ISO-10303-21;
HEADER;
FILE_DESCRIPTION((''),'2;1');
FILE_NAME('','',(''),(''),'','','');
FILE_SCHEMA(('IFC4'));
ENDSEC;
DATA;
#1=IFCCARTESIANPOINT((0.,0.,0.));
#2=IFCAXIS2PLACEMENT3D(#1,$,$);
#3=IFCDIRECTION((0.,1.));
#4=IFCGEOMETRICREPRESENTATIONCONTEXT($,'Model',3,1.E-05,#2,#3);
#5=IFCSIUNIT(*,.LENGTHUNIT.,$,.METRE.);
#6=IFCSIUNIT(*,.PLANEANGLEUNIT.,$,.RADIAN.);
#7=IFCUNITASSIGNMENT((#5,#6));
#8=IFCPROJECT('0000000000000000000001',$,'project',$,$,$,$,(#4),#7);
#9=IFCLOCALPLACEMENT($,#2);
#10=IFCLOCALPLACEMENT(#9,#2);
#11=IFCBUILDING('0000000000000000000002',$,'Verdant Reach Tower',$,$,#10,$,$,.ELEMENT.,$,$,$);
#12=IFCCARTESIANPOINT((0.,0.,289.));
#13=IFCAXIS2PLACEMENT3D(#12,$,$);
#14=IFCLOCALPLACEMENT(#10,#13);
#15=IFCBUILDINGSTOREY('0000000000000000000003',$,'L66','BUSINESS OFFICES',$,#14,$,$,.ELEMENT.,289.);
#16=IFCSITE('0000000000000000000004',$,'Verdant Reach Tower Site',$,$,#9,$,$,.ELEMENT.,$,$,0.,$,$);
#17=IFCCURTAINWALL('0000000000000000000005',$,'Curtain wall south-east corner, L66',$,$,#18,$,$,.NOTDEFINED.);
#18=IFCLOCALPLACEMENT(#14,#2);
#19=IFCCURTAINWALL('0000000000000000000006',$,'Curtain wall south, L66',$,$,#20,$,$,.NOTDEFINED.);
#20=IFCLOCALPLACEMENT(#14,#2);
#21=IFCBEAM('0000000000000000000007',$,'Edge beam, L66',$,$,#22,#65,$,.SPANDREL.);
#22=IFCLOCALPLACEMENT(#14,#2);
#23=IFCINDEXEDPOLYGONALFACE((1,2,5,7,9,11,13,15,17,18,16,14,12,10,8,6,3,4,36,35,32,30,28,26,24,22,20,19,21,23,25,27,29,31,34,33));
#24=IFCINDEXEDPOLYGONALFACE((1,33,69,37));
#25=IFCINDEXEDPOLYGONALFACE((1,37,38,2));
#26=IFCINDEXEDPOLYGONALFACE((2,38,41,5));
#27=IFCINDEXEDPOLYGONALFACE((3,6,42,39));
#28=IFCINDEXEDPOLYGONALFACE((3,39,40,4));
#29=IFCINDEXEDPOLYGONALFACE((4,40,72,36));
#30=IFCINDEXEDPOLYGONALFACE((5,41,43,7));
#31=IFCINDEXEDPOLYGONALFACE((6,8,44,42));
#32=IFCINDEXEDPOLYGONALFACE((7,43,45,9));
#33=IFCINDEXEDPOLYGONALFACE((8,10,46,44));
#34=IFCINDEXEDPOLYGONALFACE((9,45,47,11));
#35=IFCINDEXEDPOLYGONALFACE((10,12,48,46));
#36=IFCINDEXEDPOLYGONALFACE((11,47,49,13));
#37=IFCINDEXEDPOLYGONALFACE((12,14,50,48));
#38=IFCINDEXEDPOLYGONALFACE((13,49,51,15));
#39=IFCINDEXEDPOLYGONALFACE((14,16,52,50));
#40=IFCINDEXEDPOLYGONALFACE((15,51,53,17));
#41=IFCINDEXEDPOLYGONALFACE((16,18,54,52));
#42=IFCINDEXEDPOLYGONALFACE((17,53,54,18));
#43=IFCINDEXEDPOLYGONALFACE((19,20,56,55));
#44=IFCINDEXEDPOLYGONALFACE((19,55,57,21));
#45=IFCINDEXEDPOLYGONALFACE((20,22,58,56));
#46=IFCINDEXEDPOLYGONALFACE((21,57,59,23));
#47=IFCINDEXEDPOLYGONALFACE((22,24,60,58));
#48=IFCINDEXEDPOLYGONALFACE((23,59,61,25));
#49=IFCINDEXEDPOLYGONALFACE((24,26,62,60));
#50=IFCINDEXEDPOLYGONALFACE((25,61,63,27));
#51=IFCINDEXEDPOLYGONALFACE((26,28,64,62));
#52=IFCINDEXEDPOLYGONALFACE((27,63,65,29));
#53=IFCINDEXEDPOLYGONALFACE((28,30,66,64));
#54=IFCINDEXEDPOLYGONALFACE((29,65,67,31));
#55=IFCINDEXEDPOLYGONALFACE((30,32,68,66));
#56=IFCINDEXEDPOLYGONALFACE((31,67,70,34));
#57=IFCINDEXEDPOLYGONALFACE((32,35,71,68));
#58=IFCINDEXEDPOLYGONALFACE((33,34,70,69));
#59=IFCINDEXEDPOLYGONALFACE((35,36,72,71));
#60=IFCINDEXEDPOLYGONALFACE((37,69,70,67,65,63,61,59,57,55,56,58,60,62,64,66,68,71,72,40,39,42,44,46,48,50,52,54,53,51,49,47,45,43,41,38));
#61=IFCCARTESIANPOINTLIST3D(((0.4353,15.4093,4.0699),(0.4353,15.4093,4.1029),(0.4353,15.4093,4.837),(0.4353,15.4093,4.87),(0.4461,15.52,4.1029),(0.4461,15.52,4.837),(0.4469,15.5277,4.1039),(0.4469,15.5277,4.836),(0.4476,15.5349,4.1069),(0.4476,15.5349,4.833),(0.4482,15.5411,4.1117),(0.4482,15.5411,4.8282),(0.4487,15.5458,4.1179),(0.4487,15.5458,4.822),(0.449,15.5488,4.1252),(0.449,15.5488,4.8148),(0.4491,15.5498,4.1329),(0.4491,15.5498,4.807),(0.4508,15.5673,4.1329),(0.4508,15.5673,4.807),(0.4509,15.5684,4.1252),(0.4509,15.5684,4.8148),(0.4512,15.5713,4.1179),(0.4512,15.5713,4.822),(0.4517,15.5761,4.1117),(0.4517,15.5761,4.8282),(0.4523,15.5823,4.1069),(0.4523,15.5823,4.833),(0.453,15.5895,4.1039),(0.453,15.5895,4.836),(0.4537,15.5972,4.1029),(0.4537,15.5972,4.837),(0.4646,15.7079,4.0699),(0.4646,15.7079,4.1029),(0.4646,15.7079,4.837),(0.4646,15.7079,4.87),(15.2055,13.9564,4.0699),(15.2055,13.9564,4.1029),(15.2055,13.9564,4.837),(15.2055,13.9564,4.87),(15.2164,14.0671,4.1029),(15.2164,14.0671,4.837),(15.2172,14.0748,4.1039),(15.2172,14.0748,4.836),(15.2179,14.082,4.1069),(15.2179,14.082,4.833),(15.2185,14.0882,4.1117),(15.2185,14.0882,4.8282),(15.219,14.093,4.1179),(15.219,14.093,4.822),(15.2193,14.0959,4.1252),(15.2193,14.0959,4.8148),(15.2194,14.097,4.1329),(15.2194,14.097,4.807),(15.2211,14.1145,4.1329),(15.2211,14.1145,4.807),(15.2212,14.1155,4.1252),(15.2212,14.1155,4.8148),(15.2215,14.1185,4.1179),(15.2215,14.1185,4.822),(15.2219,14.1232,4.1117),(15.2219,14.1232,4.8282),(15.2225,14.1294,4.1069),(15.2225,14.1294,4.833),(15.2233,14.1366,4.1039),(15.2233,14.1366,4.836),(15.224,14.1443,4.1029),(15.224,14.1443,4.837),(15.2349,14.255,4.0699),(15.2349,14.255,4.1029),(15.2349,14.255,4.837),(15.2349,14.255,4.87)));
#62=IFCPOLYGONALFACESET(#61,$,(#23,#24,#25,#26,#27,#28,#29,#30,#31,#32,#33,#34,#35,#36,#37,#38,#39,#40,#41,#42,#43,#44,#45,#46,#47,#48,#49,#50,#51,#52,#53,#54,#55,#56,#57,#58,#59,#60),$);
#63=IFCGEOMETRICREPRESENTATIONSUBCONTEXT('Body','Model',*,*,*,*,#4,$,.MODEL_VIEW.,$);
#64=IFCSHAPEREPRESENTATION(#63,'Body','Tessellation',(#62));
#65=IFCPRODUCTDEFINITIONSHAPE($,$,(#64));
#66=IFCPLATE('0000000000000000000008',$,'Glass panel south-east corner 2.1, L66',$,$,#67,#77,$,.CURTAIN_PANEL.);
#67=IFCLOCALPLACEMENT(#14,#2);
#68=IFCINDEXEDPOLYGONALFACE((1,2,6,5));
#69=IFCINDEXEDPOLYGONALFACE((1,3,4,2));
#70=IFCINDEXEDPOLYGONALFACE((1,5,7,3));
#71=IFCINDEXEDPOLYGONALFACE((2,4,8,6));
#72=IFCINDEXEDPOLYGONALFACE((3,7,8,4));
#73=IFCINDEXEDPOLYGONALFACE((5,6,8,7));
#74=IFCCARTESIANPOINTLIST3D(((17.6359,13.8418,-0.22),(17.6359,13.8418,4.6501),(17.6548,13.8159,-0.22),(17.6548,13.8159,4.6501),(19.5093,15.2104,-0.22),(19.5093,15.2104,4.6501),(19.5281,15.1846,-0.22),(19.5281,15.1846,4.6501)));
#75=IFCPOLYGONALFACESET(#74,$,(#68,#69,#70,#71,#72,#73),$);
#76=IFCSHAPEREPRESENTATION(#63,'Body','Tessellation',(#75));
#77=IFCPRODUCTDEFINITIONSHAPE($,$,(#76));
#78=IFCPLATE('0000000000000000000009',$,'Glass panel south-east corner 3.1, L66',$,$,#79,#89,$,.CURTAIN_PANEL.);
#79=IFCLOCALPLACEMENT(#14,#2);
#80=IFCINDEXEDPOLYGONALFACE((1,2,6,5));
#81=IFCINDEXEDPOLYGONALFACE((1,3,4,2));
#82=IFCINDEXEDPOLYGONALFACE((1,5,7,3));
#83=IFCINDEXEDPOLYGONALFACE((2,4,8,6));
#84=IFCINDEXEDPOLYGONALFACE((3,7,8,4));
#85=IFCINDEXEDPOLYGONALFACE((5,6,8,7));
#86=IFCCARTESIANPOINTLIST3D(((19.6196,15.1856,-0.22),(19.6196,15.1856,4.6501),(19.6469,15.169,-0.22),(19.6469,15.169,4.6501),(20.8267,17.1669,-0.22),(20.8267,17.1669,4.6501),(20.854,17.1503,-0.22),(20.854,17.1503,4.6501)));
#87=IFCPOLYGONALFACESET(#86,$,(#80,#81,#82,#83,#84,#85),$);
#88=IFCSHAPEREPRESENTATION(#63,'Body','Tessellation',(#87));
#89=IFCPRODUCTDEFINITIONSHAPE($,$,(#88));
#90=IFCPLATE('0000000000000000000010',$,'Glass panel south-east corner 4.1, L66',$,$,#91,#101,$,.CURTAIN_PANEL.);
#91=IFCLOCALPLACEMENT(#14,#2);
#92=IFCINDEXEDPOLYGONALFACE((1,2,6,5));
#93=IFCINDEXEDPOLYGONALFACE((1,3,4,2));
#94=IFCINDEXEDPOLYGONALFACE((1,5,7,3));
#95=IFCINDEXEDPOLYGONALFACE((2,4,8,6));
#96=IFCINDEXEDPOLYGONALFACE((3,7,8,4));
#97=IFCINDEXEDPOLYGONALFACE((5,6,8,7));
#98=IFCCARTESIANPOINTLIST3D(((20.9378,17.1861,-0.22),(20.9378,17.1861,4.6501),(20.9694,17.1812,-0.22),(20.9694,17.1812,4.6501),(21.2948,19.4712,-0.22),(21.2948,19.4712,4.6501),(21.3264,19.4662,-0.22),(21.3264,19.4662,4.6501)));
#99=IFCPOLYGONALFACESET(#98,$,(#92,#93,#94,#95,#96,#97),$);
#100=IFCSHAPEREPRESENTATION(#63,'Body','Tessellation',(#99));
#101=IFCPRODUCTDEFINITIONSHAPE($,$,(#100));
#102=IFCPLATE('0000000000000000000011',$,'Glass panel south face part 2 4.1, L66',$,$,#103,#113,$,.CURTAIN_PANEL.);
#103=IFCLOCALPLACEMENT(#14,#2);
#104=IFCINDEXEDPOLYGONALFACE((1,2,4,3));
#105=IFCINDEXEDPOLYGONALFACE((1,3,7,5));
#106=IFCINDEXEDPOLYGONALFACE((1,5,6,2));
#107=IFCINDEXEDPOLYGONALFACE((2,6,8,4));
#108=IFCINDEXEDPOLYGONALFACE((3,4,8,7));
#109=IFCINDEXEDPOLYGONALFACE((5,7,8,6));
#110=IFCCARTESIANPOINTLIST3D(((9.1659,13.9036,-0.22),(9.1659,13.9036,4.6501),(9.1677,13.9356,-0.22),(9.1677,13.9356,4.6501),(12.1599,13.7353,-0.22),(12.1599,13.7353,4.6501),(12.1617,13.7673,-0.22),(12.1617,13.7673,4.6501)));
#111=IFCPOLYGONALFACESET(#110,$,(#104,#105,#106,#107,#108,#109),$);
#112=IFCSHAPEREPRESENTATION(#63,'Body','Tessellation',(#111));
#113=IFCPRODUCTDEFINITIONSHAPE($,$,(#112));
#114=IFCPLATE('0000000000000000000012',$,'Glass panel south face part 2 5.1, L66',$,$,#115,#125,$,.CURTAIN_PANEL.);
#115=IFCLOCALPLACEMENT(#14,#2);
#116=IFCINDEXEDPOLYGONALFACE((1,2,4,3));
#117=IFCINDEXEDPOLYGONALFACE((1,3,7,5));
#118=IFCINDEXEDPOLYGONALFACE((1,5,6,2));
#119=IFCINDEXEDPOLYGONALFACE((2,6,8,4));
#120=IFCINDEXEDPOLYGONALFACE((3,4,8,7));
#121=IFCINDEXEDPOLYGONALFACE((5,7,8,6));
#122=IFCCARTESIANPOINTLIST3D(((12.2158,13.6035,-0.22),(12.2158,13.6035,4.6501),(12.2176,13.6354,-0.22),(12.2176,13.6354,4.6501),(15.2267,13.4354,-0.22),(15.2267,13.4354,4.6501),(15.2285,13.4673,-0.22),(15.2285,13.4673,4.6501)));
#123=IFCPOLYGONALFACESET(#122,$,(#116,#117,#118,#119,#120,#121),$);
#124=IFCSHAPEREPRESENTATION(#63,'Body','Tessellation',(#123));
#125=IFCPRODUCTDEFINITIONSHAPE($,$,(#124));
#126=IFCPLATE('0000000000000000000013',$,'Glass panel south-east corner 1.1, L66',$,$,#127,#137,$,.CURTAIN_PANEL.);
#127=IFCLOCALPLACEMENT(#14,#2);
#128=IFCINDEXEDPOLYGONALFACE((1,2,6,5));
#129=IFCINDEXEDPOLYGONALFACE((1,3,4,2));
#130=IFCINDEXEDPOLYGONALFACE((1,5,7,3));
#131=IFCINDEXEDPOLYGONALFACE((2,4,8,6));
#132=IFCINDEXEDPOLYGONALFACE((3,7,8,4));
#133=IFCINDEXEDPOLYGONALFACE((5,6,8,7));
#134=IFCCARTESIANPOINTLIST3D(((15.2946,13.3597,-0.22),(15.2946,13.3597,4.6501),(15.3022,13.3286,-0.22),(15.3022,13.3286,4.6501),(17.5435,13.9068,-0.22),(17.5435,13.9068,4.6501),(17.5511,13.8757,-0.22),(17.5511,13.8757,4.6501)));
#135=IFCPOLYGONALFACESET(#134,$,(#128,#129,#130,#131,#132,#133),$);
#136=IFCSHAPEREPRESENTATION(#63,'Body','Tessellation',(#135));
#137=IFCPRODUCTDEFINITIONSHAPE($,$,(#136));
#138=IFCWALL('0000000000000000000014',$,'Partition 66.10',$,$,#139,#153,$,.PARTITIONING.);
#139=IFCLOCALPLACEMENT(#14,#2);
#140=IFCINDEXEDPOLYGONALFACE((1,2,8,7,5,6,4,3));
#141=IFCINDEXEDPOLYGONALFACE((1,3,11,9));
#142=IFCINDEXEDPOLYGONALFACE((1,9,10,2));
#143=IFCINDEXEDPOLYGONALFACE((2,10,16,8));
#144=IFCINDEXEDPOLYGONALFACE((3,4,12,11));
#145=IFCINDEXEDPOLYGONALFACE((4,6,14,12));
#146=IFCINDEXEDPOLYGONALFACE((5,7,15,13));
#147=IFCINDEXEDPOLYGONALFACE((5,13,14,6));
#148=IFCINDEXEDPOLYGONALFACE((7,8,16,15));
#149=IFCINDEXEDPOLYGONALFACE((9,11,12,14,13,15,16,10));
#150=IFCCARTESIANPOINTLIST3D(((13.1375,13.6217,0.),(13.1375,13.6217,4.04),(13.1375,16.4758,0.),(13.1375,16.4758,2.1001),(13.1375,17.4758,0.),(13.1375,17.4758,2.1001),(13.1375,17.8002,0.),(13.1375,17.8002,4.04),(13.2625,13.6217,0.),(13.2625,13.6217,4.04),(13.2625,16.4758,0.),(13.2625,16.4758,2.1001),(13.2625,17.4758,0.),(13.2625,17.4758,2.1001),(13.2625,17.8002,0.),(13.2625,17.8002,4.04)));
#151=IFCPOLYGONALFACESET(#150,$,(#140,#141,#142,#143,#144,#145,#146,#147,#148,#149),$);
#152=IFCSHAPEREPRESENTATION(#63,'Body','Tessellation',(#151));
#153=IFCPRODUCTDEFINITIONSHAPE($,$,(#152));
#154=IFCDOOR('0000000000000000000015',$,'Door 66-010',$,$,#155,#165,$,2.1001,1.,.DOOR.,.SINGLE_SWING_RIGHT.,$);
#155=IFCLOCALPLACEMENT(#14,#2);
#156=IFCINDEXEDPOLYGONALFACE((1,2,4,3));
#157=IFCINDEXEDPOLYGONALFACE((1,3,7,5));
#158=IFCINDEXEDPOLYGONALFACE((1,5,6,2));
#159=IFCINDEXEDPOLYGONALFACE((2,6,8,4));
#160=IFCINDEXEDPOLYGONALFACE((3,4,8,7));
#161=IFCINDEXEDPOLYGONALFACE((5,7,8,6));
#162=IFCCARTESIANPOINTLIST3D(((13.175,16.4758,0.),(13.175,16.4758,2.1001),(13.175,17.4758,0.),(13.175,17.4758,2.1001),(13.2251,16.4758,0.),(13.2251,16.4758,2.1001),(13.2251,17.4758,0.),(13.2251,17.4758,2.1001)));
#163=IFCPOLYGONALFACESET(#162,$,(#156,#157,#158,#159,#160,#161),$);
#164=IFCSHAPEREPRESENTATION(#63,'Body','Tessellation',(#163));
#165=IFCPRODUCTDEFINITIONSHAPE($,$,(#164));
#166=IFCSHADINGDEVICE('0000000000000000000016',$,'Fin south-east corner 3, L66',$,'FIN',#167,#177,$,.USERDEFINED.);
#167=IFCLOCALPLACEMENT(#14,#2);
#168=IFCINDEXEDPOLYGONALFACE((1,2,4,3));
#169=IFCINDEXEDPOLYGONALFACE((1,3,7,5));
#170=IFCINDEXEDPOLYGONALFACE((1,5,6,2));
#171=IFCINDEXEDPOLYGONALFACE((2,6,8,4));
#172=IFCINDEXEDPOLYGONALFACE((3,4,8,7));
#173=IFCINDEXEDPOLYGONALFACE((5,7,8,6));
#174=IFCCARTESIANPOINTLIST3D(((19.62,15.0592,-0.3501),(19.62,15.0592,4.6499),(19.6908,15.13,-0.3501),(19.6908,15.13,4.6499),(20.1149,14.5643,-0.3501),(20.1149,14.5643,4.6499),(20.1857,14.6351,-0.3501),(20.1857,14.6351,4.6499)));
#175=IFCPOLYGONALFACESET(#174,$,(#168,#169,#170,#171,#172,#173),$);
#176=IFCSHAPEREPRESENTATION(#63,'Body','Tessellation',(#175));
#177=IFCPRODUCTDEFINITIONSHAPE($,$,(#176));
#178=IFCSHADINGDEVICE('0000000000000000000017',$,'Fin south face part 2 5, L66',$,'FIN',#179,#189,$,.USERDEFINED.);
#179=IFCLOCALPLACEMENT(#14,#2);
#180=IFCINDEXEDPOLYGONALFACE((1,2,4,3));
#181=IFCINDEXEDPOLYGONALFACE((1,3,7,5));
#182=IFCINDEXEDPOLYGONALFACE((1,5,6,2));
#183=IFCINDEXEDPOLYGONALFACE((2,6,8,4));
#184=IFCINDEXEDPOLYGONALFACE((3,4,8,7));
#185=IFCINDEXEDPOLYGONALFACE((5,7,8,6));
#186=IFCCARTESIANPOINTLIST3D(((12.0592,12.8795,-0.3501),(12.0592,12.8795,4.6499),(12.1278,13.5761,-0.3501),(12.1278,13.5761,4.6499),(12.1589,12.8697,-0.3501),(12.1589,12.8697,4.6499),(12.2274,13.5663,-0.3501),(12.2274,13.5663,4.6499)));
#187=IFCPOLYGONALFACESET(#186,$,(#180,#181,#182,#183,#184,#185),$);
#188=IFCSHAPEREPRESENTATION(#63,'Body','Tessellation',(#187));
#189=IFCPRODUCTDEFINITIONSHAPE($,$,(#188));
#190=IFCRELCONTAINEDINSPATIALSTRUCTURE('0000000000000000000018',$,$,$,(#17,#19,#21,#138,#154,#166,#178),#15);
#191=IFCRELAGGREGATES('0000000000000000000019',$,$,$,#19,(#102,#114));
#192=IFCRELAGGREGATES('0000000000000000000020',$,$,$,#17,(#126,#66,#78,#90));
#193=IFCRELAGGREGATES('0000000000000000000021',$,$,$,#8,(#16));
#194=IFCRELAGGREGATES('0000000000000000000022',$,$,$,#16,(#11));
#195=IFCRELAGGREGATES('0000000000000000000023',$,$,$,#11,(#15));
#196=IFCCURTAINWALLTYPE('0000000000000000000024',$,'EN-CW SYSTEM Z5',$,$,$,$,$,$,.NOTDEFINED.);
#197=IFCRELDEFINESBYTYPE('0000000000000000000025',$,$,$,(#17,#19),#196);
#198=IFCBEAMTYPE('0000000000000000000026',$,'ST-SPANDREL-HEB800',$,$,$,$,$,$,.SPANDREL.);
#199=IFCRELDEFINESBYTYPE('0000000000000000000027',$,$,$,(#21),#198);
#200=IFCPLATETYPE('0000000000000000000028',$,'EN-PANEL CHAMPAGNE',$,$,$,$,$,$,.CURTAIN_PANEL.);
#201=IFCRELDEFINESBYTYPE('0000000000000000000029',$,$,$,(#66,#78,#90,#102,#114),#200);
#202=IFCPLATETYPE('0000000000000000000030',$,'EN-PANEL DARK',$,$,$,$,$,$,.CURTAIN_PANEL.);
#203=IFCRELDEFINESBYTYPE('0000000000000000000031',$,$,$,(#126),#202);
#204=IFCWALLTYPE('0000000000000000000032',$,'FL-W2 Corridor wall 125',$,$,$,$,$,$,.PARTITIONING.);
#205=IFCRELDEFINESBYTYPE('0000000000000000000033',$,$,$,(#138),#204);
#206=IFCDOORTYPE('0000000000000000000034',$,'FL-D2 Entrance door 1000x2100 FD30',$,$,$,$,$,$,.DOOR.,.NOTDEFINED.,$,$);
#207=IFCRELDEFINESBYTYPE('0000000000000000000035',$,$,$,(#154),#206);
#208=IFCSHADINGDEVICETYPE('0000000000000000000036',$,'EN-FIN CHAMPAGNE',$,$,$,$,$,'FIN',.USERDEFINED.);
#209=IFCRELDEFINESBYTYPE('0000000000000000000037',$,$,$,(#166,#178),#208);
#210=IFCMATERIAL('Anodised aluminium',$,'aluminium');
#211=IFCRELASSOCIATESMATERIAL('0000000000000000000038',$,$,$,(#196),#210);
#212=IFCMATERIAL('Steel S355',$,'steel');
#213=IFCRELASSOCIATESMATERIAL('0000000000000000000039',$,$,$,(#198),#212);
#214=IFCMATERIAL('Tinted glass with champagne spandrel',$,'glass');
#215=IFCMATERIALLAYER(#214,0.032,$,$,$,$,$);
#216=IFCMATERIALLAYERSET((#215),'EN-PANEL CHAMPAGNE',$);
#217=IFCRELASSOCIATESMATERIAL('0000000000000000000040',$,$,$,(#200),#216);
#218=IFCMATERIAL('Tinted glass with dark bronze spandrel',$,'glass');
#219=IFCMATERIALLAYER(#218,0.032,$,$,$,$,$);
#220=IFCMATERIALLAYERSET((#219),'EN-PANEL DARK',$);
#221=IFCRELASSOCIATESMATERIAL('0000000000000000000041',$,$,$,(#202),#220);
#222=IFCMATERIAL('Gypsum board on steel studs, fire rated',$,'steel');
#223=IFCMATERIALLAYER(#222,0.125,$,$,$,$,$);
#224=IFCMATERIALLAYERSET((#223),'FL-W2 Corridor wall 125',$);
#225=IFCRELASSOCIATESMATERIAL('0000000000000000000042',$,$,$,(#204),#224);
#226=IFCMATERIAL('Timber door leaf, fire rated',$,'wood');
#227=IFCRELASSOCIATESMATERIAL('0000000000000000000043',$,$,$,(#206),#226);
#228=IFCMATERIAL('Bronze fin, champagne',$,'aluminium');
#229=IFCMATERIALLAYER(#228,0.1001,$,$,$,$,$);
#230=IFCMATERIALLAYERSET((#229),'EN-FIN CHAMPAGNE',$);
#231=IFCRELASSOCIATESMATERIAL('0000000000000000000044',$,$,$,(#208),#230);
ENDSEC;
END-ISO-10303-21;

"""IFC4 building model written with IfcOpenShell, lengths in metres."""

from ifc_helpers import new_model, si_unit, direction, frame, frame_2d, origin, origin_2d, place, context, subcontext, project, spatial, rectangle, i_section, extrude, material, layer, layer_set, material_profile, profile_set, type_object, element, fill, aggregate, save


model = new_model("IFC4")

# Units and contexts
model_context = context("Model", 3, precision=1e-05, world=origin(), true_north=direction((0.0, 1.0)))
body_context = subcontext(model_context, "Body", "Model", "MODEL_VIEW")
ifc_project = project(units=[si_unit("LENGTHUNIT", "METRE"), si_unit("PLANEANGLEUNIT", "RADIAN")], contexts=[model_context])

# Site, building, storey
site_placement = place(None, origin())
site = spatial("IfcSite", under=ifc_project, at=site_placement, Name="Verdant Reach Tower Site", CompositionType="ELEMENT", RefElevation=0.0)
building_placement = place(site_placement, origin())
building = spatial("IfcBuilding", under=site, at=building_placement, Name="Verdant Reach Tower", CompositionType="ELEMENT")
storey_placement = place(building_placement, frame((0.0, 0.0, 289.0)))
storey = spatial("IfcBuildingStorey", under=building, at=storey_placement, Name="L66", Description="BUSINESS OFFICES", CompositionType="ELEMENT", Elevation=289.0)

# Curtain wall
ifc_material_1 = material(Name="Anodised aluminium", Category="aluminium")
curtain_wall_type = type_object("IfcCurtainWallType", Name="EN-CW SYSTEM Z5", PredefinedType="NOTDEFINED", material=ifc_material_1)
curtain_wall_1_placement = place(storey_placement, origin())
curtain_wall_1 = element("IfcCurtainWall", 1, at=curtain_wall_1_placement, inside=storey, type_object=curtain_wall_type, Name="Curtain wall south-east corner, L66", PredefinedType="NOTDEFINED")

# Curtain wall
curtain_wall_2_placement = place(storey_placement, origin())
curtain_wall_2 = element("IfcCurtainWall", 2, at=curtain_wall_2_placement, inside=storey, type_object=curtain_wall_type, Name="Curtain wall south, L66", PredefinedType="NOTDEFINED")

# Beam
ifc_material_2 = material(Name="Steel S355", Category="steel")
ifc_material_profile_1 = material_profile(ifc_material_2, i_section(OverallWidth=0.3, OverallDepth=0.8, WebThickness=0.0176, FlangeThickness=0.033, FilletRadius=0.03, at=origin_2d()), Name="HEB 800")
ifc_profile_set_1 = profile_set([ifc_material_profile_1], Name="Steel S355")
beam_type_1 = type_object("IfcBeamType", Name="ST-SPANDREL-HEB800", PredefinedType="SPANDREL", material=ifc_profile_set_1)
beam_1_placement = place(storey_placement, frame((15.2202, 14.1057, 4.47), z_axis=(-0.995197, 0.097893, 0.0), x_axis=(-0.097893, -0.995197, 0.0)))
element("IfcBeam", 3, at=beam_1_placement, inside=storey, type_object=beam_type_1, Name="Edge beam, L66", PredefinedType="SPANDREL", context=body_context, shape_type="SweptSolid", body=[
    extrude(i_section(OverallWidth=0.3, OverallDepth=0.8, WebThickness=0.0176, FlangeThickness=0.033, FilletRadius=0.03, at=origin_2d()), origin(), (0.0, 0.0, 1.0), 14.8416),
])

# Plates
ifc_material_3 = material(Name="Tinted glass with champagne spandrel", Category="glass")
ifc_layer_1 = layer(ifc_material_3, 0.032)
ifc_layer_set_1 = layer_set([ifc_layer_1], Name="EN-PANEL CHAMPAGNE")
plate_type_1 = type_object("IfcPlateType", Name="EN-PANEL CHAMPAGNE", PredefinedType="CURTAIN_PANEL", material=ifc_layer_set_1)
plate_1_placement = place(storey_placement, frame((18.582, 14.5132, -0.22), z_axis=(0.0, 0.0, 1.0), x_axis=(0.807457, 0.589927, 0.0)))
plate_1 = element("IfcPlate", 4, at=plate_1_placement, type_object=plate_type_1, Name="Glass panel south-east corner 2.1, L66", PredefinedType="CURTAIN_PANEL", context=body_context, shape_type="SweptSolid", body=[
    extrude(rectangle(XDim=2.3201, YDim=0.032, at=origin_2d()), origin(), (0.0, 0.0, 1.0), 4.8701),
])
plate_2_placement = place(storey_placement, frame((20.2368, 16.168, -0.22), z_axis=(0.0, 0.0, 1.0), x_axis=(0.520292, 0.853989, 0.0)))
plate_2 = element("IfcPlate", 5, at=plate_2_placement, type_object=plate_type_1, Name="Glass panel south-east corner 3.1, L66", PredefinedType="CURTAIN_PANEL", context=body_context, shape_type="SweptSolid", body=[
    extrude(rectangle(XDim=2.3201, YDim=0.032, at=origin_2d()), origin(), (0.0, 0.0, 1.0), 4.8701),
])
plate_3_placement = place(storey_placement, frame((21.1321, 18.3262, -0.22), z_axis=(0.0, 0.0, 1.0), x_axis=(0.154337, 0.988018, 0.0)))
plate_3 = element("IfcPlate", 6, at=plate_3_placement, type_object=plate_type_1, Name="Glass panel south-east corner 4.1, L66", PredefinedType="CURTAIN_PANEL", context=body_context, shape_type="SweptSolid", body=[
    extrude(rectangle(XDim=2.3127, YDim=0.032, at=origin_2d()), origin(), (0.0, 0.0, 1.0), 4.8701),
])
plate_4_placement = place(storey_placement, frame((10.6638, 13.8354, -0.22), z_axis=(0.0, 0.0, 1.0), x_axis=(0.998424, -0.056128, 0.0)))
plate_4 = element("IfcPlate", 7, at=plate_4_placement, type_object=plate_type_1, Name="Glass panel south face part 2 4.1, L66", PredefinedType="CURTAIN_PANEL", context=body_context, shape_type="SweptSolid", body=[
    extrude(rectangle(XDim=2.9988, YDim=0.032, at=origin_2d()), origin(), (0.0, 0.0, 1.0), 4.8701),
])
plate_5_placement = place(storey_placement, frame((13.7222, 13.5354, -0.22), z_axis=(0.0, 0.0, 1.0), x_axis=(0.998446, -0.055725, 0.0)))
plate_5 = element("IfcPlate", 8, at=plate_5_placement, type_object=plate_type_1, Name="Glass panel south face part 2 5.1, L66", PredefinedType="CURTAIN_PANEL", context=body_context, shape_type="SweptSolid", body=[
    extrude(rectangle(XDim=3.0156, YDim=0.032, at=origin_2d()), origin(), (0.0, 0.0, 1.0), 4.8701),
])
aggregate(curtain_wall_2, [plate_4, plate_5])
ifc_material_4 = material(Name="Tinted glass with dark bronze spandrel", Category="glass")
ifc_layer_2 = layer(ifc_material_4, 0.032)
ifc_layer_set_2 = layer_set([ifc_layer_2], Name="EN-PANEL DARK")
plate_type_2 = type_object("IfcPlateType", Name="EN-PANEL DARK", PredefinedType="CURTAIN_PANEL", material=ifc_layer_set_2)
plate_6_placement = place(storey_placement, frame((16.4229, 13.6177, -0.22), z_axis=(0.0, 0.0, 1.0), x_axis=(0.971662, 0.236376, 0.0)))
plate_6 = element("IfcPlate", 9, at=plate_6_placement, type_object=plate_type_2, Name="Glass panel south-east corner 1.1, L66", PredefinedType="CURTAIN_PANEL", context=body_context, shape_type="SweptSolid", body=[
    extrude(rectangle(XDim=2.3145, YDim=0.032, at=origin_2d()), origin(), (0.0, 0.0, 1.0), 4.8701),
])
aggregate(curtain_wall_1, [plate_6, plate_1, plate_2, plate_3])

# Wall, opening, door
ifc_material_5 = material(Name="Gypsum board on steel studs, fire rated", Category="steel")
ifc_layer_3 = layer(ifc_material_5, 0.125)
ifc_layer_set_3 = layer_set([ifc_layer_3], Name="FL-W2 Corridor wall 125")
wall_type = type_object("IfcWallType", Name="FL-W2 Corridor wall 125", PredefinedType="PARTITIONING", material=ifc_layer_set_3)
wall_placement = place(storey_placement, frame((13.2, 13.6216, 0.0), z_axis=(0.0, 0.0, 1.0), x_axis=(0.0, 1.0, 0.0)))
wall = element("IfcWall", 10, at=wall_placement, inside=storey, type_object=wall_type, Name="Partition 66.10", PredefinedType="PARTITIONING", context=body_context, shape_type="SweptSolid", body=[
    extrude(rectangle(XDim=4.1785, YDim=0.125, at=frame_2d((2.0894, 0.0))), origin(), (0.0, 0.0, 1.0), 4.04),
])
opening_placement = place(wall_placement, frame((2.8542, 0.0, 0.0)))
opening = element("IfcOpeningElement", 11, at=opening_placement, cuts=wall, PredefinedType="OPENING", context=body_context, shape_type="SweptSolid", body=[
    extrude(rectangle(XDim=1.0, YDim=2.1001, at=frame_2d((0.5, 1.05))), frame((0.0, 0.0725, 0.0), z_axis=(0.0, -1.0, 0.0), x_axis=(1.0, 0.0, 0.0)), (0.0, 0.0, 1.0), 0.145),
])
ifc_material_6 = material(Name="Timber door leaf, fire rated", Category="wood")
door_type = type_object("IfcDoorType", Name="FL-D2 Entrance door 1000x2100 FD30", OperationType="NOTDEFINED", PredefinedType="DOOR", material=ifc_material_6)
door_placement = place(opening_placement, origin())
door = element("IfcDoor", 12, at=door_placement, inside=storey, type_object=door_type, Name="Door 66-010", OperationType="SINGLE_SWING_RIGHT", OverallHeight=2.1001, OverallWidth=1.0, PredefinedType="DOOR", context=body_context, shape_type="SweptSolid", body=[
    extrude(rectangle(XDim=1.0, YDim=2.1001, at=frame_2d((0.5, 1.05))), frame((0.0, 0.0249, 0.0), z_axis=(0.0, -1.0, 0.0), x_axis=(1.0, 0.0, 0.0)), (0.0, 0.0, 1.0), 0.05),
])
fill(opening, door)

# Shading devices
ifc_material_7 = material(Name="Bronze fin, champagne", Category="aluminium")
ifc_layer_4 = layer(ifc_material_7, 0.1001)
ifc_layer_set_4 = layer_set([ifc_layer_4], Name="EN-FIN CHAMPAGNE")
shading_device_type_1 = type_object("IfcShadingDeviceType", Name="EN-FIN CHAMPAGNE", ElementType="FIN", PredefinedType="USERDEFINED", material=ifc_layer_set_4)
for number, where, z_axis, x_axis, name in (
    (13, (19.9028, 14.8472, -0.3501), (0.0, 0.0, 1.0), (0.707107, 0.707107, 0.0), "Fin south-east corner 3, L66"),
    (14, (12.1433, 13.2229, -0.3501), (0.0, 0.0, 1.0), (0.995197, -0.097888, 0.0), "Fin south face part 2 5, L66"),
):
    element("IfcShadingDevice", number, at=place(storey_placement, frame(where, z_axis=z_axis, x_axis=x_axis)), inside=storey, type_object=shading_device_type_1, Name=name, ObjectType="FIN", PredefinedType="USERDEFINED", context=body_context, shape_type="SweptSolid", body=[
        extrude(rectangle(XDim=0.1001, YDim=0.7, at=origin_2d()), origin(), (0.0, 0.0, 1.0), 5.0),
    ])

save(model, "model.ifc")
